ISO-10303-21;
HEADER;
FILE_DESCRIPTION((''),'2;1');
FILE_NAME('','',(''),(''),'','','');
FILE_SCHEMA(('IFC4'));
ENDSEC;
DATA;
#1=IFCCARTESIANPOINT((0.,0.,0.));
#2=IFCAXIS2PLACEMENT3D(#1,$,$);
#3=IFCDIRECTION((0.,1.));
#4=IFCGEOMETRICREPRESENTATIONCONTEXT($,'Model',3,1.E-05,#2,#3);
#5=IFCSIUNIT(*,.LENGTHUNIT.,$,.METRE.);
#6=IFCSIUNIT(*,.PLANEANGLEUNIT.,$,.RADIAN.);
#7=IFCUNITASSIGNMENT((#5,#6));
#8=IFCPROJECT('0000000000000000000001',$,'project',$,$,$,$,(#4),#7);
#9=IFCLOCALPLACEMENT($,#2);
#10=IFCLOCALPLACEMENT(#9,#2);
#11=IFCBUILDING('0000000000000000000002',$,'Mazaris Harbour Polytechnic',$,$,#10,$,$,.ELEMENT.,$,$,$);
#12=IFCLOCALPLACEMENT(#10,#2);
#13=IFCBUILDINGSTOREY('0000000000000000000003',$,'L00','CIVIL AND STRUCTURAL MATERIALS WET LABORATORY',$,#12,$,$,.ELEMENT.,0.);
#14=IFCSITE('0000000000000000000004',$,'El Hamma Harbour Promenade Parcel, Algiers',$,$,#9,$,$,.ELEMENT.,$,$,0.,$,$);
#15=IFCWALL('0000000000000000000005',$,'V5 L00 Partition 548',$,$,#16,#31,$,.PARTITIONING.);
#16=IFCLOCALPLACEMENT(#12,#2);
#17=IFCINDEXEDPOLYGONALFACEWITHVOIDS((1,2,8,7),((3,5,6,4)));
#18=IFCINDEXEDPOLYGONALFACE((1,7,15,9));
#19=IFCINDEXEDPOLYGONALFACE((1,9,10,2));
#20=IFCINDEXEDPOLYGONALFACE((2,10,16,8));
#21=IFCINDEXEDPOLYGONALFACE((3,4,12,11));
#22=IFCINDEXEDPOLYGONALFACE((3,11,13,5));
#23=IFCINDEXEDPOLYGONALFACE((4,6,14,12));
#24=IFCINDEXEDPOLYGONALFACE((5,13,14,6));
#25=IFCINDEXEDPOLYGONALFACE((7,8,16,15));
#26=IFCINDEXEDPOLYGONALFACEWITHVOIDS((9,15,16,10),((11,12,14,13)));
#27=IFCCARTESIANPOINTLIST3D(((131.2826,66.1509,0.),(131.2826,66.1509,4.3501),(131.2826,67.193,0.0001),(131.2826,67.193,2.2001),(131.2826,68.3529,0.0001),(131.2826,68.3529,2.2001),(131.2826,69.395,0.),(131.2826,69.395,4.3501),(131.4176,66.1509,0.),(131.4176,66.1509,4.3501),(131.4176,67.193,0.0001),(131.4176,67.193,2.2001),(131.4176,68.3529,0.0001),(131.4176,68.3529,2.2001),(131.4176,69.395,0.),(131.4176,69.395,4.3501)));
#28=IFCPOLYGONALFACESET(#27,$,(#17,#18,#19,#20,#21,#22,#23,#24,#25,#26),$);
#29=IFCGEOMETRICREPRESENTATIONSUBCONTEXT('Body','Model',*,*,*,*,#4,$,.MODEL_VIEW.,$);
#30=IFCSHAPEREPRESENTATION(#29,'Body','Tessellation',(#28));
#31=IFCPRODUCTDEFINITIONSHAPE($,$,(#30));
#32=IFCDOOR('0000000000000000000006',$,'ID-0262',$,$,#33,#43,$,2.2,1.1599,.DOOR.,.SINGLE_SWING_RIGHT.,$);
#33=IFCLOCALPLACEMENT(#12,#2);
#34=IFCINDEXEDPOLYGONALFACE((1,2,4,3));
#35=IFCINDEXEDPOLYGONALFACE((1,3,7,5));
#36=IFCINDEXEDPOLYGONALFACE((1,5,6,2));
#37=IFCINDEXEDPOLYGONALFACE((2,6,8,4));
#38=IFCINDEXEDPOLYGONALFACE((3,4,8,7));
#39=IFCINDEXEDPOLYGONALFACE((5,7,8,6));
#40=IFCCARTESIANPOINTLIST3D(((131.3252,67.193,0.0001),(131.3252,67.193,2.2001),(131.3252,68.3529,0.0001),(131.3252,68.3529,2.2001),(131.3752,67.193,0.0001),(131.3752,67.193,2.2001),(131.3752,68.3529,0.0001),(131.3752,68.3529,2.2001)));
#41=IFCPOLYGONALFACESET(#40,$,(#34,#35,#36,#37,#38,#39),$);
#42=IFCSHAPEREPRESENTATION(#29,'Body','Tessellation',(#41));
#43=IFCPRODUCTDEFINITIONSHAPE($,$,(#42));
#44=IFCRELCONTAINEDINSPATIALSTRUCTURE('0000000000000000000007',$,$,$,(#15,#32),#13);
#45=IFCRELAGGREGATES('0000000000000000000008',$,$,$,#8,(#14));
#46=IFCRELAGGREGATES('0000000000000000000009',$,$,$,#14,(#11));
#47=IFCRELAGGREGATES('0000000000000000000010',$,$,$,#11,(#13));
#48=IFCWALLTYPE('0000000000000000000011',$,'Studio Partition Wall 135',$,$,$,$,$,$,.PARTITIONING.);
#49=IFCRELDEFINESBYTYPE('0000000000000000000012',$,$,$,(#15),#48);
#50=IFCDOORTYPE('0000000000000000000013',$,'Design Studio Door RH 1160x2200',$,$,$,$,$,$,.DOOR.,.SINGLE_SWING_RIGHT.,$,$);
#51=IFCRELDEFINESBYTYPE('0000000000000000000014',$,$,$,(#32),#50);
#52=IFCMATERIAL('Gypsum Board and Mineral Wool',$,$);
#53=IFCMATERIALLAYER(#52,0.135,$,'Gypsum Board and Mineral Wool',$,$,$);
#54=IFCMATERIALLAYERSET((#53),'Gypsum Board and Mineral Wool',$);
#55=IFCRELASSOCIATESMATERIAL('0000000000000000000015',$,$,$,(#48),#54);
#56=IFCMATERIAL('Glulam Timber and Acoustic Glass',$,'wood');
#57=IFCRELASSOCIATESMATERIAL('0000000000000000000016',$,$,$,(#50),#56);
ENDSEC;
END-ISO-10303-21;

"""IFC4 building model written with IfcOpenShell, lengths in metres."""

from ifc_helpers import new_model, si_unit, direction, frame, frame_2d, origin, place, context, subcontext, project, spatial, rectangle, extrude, material, layer, layer_set, type_object, element, fill, save


model = new_model("IFC4")

# Units and contexts
model_context = context("Model", 3, precision=1e-05, world=origin(), true_north=direction((0.0, 1.0)))
body_context = subcontext(model_context, "Body", "Model", "MODEL_VIEW")
ifc_project = project(units=[si_unit("LENGTHUNIT", "METRE"), si_unit("PLANEANGLEUNIT", "RADIAN")], contexts=[model_context])

# Site, building, storey
site_placement = place(None, origin())
site = spatial("IfcSite", under=ifc_project, at=site_placement, Name="El Hamma Harbour Promenade Parcel, Algiers", CompositionType="ELEMENT", RefElevation=0.0)
building_placement = place(site_placement, origin())
building = spatial("IfcBuilding", under=site, at=building_placement, Name="Mazaris Harbour Polytechnic", CompositionType="ELEMENT")
storey_placement = place(building_placement, origin())
storey = spatial("IfcBuildingStorey", under=building, at=storey_placement, Name="L00", Description="CIVIL AND STRUCTURAL MATERIALS WET LABORATORY", CompositionType="ELEMENT", Elevation=0.0)

# Wall, opening, door
ifc_material_1 = material(Name="Gypsum Board and Mineral Wool")
ifc_layer_1 = layer(ifc_material_1, 0.135, Name="Gypsum Board and Mineral Wool")
ifc_layer_set_1 = layer_set([ifc_layer_1], Name="Gypsum Board and Mineral Wool")
wall_type_1 = type_object("IfcWallType", Name="Studio Partition Wall 135", PredefinedType="PARTITIONING", material=ifc_layer_set_1)
wall_1_placement = place(storey_placement, frame((131.3501, 66.1509, 0.0), z_axis=(0.0, 0.0, 1.0), x_axis=(0.0, 1.0, 0.0)))
wall_1 = element("IfcWall", 1, at=wall_1_placement, inside=storey, type_object=wall_type_1, Name="V5 L00 Partition 548", PredefinedType="PARTITIONING", context=body_context, shape_type="SweptSolid", body=[
    extrude(rectangle(XDim=3.2441, YDim=0.135, at=frame_2d((1.6221, 0.0))), origin(), (0.0, 0.0, 1.0), 4.3501),
])
opening_placement = place(wall_1_placement, frame((1.042, 0.0, 0.0)))
opening = element("IfcOpeningElement", 2, at=opening_placement, cuts=wall_1, PredefinedType="OPENING", context=body_context, shape_type="SweptSolid", body=[
    extrude(rectangle(XDim=1.1599, YDim=2.2, at=frame_2d((0.5801, 1.1001))), frame((0.0, 0.0774, 0.0), z_axis=(0.0, -1.0, 0.0), x_axis=(1.0, 0.0, 0.0)), (0.0, 0.0, 1.0), 0.155),
])
ifc_material_2 = material(Name="Glulam Timber and Acoustic Glass", Category="wood")
door_type = type_object("IfcDoorType", Name="Design Studio Door RH 1160x2200", OperationType="SINGLE_SWING_RIGHT", PredefinedType="DOOR", material=ifc_material_2)
door_placement = place(opening_placement, origin())
door = element("IfcDoor", 3, at=door_placement, inside=storey, type_object=door_type, Name="ID-0262", OperationType="SINGLE_SWING_RIGHT", OverallHeight=2.2, OverallWidth=1.1599, PredefinedType="DOOR", context=body_context, shape_type="SweptSolid", body=[
    extrude(rectangle(XDim=1.1599, YDim=2.2, at=frame_2d((0.5801, 1.1001))), frame((0.0, 0.0249, 0.0), z_axis=(0.0, -1.0, 0.0), x_axis=(1.0, 0.0, 0.0)), (0.0, 0.0, 1.0), 0.05),
])
fill(opening, door)

save(model, "model.ifc")
